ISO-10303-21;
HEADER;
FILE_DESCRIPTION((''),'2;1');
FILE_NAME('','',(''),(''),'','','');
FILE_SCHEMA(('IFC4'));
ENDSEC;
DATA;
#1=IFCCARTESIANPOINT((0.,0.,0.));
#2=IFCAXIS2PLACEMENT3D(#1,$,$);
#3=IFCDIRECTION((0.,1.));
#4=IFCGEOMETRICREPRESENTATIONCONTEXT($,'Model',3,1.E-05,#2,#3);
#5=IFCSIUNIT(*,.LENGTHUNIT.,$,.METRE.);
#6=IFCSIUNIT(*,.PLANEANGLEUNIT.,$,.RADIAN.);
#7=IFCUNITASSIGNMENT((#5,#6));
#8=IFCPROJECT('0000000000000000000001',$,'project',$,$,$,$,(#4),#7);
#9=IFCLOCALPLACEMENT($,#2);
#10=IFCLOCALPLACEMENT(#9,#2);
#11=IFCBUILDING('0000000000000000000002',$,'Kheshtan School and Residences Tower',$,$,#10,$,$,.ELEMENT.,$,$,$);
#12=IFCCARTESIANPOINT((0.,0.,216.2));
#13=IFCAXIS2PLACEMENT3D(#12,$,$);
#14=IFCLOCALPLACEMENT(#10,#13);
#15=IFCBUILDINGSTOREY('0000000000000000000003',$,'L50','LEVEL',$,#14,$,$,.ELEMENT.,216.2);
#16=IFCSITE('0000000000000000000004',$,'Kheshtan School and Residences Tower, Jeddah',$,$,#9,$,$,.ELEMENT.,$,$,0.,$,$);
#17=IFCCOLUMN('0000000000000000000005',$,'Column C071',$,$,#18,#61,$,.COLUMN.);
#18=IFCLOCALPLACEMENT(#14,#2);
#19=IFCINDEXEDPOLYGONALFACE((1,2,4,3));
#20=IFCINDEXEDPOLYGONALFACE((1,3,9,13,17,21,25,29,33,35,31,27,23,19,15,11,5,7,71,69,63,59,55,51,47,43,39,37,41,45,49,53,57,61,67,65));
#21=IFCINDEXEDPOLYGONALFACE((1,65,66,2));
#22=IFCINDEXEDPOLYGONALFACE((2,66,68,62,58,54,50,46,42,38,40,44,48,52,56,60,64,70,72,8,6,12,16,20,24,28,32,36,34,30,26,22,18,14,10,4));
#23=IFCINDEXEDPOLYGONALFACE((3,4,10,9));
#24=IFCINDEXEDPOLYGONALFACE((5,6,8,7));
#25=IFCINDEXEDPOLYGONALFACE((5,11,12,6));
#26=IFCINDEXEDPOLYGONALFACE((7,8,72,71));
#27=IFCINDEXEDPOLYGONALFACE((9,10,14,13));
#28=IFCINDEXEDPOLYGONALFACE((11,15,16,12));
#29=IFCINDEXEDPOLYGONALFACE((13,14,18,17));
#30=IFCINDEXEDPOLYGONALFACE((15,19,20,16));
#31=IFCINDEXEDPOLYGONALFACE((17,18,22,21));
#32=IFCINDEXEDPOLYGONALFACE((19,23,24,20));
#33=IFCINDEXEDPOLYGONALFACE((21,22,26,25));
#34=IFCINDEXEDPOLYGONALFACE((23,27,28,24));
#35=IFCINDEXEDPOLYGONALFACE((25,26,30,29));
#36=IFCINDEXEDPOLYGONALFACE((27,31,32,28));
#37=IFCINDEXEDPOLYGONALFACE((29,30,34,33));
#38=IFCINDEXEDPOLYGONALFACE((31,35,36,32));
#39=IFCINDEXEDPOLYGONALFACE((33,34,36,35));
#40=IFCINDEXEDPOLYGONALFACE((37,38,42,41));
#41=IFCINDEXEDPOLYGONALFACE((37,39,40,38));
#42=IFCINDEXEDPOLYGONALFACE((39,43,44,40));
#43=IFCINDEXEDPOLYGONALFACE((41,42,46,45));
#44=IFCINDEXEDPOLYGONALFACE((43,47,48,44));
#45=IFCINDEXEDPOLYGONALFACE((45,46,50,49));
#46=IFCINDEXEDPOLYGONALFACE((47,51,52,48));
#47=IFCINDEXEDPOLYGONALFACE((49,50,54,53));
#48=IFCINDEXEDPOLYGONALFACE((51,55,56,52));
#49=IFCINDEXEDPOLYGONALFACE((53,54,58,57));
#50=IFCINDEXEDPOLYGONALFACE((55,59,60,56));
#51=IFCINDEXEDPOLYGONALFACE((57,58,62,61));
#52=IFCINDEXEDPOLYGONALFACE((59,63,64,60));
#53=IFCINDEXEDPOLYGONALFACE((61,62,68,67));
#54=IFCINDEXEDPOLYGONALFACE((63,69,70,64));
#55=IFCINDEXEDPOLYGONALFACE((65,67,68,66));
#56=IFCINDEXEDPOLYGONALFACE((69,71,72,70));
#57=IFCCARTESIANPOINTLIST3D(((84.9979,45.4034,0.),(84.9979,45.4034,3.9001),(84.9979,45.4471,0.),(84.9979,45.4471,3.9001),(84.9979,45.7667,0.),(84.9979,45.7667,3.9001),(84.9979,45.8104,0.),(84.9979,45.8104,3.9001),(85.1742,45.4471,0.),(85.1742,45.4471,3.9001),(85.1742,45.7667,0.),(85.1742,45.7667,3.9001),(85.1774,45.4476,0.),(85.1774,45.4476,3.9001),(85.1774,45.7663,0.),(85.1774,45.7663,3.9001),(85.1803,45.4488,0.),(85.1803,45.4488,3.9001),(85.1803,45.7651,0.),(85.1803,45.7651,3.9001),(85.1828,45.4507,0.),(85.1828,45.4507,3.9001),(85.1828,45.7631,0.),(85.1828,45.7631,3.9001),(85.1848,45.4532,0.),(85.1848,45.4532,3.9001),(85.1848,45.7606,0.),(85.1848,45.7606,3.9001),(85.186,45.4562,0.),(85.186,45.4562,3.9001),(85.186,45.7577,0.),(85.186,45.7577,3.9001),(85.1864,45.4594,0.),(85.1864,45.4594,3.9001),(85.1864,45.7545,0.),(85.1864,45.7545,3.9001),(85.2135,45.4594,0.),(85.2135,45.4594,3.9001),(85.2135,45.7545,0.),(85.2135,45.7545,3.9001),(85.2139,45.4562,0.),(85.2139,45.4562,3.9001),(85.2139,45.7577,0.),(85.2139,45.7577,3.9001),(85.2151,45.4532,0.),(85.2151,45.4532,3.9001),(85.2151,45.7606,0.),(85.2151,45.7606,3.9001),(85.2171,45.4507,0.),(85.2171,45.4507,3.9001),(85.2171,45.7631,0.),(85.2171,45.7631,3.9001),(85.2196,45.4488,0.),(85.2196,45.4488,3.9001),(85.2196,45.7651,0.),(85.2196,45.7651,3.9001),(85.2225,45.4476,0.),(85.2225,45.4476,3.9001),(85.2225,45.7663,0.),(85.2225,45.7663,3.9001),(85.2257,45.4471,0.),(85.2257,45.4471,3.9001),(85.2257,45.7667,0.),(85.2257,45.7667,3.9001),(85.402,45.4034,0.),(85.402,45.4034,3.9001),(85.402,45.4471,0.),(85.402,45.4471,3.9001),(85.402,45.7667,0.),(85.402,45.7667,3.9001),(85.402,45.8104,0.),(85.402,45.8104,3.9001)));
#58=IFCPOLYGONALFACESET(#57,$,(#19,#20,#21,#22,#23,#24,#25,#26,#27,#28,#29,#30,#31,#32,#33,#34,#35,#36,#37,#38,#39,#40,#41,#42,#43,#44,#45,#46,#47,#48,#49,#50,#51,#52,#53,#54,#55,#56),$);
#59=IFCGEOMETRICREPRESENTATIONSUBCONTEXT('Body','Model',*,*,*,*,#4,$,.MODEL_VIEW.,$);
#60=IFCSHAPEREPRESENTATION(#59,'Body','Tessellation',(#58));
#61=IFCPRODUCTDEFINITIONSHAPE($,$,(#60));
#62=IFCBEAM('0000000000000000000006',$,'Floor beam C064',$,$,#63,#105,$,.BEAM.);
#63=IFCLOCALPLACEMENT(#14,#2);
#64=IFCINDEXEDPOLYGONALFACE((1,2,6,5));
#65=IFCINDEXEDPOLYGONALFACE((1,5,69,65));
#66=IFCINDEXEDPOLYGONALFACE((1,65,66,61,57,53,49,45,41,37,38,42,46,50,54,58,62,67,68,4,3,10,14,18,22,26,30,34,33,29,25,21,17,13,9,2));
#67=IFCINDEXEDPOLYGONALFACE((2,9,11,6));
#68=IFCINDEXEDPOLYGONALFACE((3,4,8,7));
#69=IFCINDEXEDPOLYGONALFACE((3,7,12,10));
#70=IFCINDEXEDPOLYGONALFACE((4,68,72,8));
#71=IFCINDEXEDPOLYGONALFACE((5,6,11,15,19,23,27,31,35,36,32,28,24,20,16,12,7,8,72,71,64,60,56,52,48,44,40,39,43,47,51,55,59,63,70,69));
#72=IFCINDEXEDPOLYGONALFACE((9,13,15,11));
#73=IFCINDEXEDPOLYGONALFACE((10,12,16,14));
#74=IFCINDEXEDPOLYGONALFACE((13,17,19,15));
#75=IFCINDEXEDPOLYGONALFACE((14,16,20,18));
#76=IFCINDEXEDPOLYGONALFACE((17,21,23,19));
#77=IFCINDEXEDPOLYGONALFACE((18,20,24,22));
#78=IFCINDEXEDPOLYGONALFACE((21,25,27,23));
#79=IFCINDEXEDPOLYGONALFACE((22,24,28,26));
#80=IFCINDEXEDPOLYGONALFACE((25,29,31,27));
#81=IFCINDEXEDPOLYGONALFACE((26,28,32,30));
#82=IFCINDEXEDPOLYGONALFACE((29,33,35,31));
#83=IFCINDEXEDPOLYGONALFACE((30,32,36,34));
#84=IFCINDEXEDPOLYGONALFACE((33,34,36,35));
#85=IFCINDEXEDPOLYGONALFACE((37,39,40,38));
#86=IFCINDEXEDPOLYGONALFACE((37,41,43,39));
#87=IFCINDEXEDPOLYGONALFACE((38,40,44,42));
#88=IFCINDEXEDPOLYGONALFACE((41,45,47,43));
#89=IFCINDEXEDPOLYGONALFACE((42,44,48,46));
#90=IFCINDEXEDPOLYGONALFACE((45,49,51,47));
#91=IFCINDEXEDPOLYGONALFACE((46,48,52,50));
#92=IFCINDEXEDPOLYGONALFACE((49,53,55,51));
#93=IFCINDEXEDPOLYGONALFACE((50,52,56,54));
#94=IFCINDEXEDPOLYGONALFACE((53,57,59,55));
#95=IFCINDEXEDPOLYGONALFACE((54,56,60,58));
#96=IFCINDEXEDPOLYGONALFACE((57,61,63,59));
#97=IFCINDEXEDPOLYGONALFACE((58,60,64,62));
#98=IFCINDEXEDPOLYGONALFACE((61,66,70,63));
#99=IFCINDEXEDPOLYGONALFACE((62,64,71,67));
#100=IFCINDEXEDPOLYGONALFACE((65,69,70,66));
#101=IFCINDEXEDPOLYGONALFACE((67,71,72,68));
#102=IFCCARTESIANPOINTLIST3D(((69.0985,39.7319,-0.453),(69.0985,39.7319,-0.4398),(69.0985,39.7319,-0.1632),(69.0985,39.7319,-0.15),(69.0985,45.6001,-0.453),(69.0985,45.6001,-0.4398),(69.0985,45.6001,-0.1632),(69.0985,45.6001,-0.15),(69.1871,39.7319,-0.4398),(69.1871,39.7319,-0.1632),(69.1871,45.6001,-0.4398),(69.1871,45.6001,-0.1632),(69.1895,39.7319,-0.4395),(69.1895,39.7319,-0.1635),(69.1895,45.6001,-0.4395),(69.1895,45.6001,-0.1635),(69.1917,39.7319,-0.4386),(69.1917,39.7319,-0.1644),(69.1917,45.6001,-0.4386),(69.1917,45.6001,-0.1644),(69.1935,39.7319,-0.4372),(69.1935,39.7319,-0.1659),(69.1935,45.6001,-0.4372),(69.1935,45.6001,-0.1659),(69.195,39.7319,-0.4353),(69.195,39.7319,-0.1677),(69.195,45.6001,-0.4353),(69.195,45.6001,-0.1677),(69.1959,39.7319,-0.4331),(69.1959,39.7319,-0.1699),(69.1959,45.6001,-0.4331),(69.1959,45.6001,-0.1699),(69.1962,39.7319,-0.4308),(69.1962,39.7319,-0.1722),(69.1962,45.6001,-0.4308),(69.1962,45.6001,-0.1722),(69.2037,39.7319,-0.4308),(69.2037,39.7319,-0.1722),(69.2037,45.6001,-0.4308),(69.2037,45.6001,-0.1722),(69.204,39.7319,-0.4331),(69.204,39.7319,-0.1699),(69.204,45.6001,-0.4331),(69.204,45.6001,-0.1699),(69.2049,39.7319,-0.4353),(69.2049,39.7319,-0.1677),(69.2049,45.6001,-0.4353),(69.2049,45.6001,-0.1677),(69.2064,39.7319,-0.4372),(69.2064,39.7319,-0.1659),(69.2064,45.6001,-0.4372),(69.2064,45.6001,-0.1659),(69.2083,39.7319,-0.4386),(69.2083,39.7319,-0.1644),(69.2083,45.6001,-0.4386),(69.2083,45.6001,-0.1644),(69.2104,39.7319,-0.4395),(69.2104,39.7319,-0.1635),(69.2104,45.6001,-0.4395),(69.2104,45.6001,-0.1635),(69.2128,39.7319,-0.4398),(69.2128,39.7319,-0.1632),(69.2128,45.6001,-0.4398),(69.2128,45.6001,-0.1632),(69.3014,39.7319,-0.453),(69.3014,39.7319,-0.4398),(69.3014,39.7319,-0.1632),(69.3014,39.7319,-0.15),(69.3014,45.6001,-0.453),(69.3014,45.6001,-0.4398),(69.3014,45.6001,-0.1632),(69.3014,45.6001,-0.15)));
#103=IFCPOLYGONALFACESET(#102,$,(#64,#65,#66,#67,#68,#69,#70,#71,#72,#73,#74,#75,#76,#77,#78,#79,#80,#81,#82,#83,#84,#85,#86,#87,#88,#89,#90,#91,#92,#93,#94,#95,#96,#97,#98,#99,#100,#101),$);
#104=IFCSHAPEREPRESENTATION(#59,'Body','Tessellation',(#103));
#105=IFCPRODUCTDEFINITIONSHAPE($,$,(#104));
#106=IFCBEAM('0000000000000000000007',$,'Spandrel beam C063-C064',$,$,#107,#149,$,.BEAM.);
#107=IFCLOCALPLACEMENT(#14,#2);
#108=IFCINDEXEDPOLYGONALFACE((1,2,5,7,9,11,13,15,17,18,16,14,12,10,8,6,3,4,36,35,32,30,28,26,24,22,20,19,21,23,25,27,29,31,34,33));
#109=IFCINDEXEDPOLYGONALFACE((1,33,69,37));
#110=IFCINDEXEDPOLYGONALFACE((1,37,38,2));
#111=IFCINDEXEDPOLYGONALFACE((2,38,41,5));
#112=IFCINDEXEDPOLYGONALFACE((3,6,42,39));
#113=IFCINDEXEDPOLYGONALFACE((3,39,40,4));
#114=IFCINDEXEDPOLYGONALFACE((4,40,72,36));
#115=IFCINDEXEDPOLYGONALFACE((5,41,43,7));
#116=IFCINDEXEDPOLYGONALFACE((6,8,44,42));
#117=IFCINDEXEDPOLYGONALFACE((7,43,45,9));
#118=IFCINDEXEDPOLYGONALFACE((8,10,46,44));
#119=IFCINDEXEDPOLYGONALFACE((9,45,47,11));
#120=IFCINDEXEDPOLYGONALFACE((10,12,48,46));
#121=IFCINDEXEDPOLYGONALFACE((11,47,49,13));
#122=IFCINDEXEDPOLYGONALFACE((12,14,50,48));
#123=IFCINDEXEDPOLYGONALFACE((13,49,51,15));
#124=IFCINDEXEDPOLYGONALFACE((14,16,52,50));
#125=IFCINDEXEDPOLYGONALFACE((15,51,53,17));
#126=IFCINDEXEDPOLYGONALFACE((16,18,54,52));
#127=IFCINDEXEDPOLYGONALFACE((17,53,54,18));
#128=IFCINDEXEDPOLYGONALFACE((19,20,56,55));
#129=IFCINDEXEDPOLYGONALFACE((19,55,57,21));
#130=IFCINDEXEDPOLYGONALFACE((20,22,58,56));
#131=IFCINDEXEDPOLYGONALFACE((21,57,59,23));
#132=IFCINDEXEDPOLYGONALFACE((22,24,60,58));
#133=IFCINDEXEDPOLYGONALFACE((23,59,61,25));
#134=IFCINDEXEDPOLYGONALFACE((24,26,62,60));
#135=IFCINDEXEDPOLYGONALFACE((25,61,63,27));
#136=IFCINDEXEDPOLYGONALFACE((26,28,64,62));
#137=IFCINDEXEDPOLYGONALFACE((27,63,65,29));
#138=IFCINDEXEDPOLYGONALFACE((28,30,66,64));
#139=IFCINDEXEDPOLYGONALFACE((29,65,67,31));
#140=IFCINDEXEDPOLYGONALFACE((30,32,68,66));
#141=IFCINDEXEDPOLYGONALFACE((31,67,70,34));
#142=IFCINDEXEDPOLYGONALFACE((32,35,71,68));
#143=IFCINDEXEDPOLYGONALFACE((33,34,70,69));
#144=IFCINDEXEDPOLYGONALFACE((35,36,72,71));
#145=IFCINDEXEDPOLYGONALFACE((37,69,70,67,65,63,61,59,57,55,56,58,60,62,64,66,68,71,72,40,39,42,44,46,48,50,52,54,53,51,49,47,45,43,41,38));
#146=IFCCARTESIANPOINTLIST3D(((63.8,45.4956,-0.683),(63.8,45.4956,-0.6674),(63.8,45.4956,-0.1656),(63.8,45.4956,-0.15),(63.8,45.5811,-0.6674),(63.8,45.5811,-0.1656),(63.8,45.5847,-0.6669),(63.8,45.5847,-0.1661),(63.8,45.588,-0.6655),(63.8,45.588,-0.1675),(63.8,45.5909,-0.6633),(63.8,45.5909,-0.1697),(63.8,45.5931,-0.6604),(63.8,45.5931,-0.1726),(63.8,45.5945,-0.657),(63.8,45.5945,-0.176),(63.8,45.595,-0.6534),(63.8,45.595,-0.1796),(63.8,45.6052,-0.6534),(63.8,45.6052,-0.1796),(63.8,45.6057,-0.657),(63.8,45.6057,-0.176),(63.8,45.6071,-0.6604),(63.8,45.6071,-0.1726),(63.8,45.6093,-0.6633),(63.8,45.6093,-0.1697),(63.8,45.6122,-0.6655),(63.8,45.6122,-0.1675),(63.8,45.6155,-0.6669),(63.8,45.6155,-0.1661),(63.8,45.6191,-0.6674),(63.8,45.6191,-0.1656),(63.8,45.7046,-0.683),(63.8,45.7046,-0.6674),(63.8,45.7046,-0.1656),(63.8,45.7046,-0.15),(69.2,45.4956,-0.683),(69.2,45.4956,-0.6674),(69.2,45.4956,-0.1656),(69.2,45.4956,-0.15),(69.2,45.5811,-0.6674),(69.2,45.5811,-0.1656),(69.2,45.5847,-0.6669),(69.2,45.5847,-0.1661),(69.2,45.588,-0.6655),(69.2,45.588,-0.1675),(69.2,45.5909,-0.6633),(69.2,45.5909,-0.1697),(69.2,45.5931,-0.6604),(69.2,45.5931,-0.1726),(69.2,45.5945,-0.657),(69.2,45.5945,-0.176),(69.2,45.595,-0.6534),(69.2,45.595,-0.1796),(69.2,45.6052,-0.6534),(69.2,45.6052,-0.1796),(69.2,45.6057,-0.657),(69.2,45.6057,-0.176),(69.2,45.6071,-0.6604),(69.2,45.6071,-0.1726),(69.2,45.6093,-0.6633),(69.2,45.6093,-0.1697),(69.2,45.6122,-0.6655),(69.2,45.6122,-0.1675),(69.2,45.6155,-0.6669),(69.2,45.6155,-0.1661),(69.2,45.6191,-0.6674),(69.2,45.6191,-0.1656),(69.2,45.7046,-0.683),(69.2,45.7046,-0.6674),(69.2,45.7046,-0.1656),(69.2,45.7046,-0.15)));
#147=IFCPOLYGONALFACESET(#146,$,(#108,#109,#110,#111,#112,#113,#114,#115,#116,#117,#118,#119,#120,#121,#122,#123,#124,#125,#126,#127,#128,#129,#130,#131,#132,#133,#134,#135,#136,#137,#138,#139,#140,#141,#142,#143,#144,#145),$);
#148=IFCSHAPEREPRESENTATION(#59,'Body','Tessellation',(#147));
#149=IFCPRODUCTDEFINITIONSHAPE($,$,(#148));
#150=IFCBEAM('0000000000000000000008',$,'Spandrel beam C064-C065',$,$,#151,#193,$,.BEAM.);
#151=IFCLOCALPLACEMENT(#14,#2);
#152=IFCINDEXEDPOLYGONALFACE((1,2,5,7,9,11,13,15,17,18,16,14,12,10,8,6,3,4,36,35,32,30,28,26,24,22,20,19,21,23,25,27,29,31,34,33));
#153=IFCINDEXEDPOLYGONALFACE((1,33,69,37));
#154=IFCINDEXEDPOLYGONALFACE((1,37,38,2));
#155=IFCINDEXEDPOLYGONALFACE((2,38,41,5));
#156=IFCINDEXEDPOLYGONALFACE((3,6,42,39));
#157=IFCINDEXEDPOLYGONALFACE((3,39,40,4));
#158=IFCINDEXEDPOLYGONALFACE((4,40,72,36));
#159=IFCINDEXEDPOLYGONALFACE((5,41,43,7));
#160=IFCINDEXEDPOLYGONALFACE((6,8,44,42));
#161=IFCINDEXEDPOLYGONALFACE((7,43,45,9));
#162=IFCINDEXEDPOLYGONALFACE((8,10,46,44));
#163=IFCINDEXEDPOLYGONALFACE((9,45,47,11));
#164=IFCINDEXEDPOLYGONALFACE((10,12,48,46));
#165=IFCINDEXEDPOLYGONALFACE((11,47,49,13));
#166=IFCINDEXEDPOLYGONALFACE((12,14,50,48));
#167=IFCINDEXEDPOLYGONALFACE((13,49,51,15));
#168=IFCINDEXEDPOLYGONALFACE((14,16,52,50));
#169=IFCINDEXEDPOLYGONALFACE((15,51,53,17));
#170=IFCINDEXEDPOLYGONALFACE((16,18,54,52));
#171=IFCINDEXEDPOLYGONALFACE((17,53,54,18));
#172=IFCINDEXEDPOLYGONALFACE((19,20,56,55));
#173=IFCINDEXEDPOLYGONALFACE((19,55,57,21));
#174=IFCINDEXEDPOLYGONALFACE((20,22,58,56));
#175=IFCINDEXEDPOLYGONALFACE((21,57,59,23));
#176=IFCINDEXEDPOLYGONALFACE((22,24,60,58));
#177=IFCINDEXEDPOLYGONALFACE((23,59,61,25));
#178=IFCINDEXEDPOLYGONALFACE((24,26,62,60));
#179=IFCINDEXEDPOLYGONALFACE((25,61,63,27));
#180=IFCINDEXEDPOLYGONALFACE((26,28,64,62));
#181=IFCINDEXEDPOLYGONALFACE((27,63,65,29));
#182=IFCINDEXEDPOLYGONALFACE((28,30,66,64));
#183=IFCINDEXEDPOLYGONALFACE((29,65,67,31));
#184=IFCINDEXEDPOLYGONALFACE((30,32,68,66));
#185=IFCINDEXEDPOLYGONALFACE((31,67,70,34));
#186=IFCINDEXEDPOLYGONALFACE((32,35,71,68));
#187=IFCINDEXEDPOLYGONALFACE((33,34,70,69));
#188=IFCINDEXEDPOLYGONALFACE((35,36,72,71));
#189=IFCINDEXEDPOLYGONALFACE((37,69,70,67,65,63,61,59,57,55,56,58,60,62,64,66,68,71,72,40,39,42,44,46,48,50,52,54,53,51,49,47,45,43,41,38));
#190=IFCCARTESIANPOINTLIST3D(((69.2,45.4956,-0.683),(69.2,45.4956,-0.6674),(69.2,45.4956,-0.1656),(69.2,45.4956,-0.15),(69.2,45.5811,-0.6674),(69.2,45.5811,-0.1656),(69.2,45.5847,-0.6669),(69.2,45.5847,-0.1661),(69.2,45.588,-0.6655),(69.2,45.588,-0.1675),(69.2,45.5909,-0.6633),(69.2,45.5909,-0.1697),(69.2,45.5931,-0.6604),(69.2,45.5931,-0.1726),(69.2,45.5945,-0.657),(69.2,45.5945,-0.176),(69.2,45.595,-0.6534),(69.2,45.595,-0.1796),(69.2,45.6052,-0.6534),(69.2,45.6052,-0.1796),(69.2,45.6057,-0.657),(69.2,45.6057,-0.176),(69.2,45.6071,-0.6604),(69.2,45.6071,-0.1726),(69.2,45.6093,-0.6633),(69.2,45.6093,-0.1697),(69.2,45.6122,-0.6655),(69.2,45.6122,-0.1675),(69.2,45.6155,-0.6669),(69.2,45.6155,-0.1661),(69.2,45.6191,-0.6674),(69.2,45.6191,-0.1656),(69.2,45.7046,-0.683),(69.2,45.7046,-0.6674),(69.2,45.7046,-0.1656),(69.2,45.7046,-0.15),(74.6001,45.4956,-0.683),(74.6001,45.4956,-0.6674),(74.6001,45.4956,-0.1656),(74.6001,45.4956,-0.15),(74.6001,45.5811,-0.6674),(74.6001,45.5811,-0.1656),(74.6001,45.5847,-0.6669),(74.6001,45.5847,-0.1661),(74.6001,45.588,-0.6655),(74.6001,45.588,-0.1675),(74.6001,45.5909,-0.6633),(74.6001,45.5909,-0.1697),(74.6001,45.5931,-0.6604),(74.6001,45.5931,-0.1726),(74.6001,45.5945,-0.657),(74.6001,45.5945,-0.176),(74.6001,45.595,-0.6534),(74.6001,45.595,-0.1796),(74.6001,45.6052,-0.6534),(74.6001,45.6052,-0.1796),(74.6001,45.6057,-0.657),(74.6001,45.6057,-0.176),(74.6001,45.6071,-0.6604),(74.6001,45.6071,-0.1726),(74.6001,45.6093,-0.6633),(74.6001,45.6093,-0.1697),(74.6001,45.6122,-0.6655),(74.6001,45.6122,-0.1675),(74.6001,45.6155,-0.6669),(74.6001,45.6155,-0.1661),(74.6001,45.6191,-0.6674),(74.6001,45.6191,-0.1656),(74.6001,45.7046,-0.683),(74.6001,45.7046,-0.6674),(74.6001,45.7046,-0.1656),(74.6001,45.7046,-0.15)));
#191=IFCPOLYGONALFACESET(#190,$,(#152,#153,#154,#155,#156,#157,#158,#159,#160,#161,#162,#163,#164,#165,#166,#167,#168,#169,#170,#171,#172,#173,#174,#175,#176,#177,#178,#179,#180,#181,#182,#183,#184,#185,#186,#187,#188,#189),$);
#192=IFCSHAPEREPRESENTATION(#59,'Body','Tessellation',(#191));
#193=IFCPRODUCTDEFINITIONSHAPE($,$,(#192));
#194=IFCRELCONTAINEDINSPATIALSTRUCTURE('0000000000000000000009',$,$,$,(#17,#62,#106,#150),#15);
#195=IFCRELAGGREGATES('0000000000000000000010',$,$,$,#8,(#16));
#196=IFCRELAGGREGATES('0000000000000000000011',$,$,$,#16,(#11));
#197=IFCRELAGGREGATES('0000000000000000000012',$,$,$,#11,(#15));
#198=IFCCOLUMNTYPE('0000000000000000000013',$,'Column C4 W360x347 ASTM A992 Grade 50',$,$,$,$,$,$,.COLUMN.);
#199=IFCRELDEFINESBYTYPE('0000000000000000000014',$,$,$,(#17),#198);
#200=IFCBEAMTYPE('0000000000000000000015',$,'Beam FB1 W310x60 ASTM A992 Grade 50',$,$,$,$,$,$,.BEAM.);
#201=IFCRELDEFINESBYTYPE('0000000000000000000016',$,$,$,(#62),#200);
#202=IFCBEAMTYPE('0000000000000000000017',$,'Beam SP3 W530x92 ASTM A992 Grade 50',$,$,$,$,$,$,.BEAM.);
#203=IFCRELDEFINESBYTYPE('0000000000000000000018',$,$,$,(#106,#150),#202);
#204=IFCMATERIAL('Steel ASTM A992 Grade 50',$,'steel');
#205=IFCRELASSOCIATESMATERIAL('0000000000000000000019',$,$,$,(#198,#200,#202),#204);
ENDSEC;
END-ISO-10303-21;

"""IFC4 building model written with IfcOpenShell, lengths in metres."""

from ifc_helpers import new_model, si_unit, direction, frame, origin, origin_2d, place, context, subcontext, project, spatial, i_section, extrude, material, material_profile, profile_set, type_object, element, save


model = new_model("IFC4")

# Units and contexts
model_context = context("Model", 3, precision=1e-05, world=origin(), true_north=direction((0.0, 1.0)))
body_context = subcontext(model_context, "Body", "Model", "MODEL_VIEW")
ifc_project = project(units=[si_unit("LENGTHUNIT", "METRE"), si_unit("PLANEANGLEUNIT", "RADIAN")], contexts=[model_context])

# Site, building, storey
site_placement = place(None, origin())
site = spatial("IfcSite", under=ifc_project, at=site_placement, Name="Kheshtan School and Residences Tower, Jeddah", CompositionType="ELEMENT", RefElevation=0.0)
building_placement = place(site_placement, origin())
building = spatial("IfcBuilding", under=site, at=building_placement, Name="Kheshtan School and Residences Tower", CompositionType="ELEMENT")
storey_placement = place(building_placement, frame((0.0, 0.0, 216.2)))
storey = spatial("IfcBuildingStorey", under=building, at=storey_placement, Name="L50", Description="LEVEL", CompositionType="ELEMENT", Elevation=216.2)

# Column
ifc_material_1 = material(Name="Steel ASTM A992 Grade 50", Category="steel")
ifc_material_profile_1 = material_profile(ifc_material_1, i_section(OverallWidth=0.4041, OverallDepth=0.407, WebThickness=0.0271, FlangeThickness=0.0437, FilletRadius=0.0122, at=origin_2d()), Name="W360x347")
ifc_profile_set_1 = profile_set([ifc_material_profile_1], Name="Steel ASTM A992 Grade 50")
column_type = type_object("IfcColumnType", Name="Column C4 W360x347 ASTM A992 Grade 50", PredefinedType="COLUMN", material=ifc_profile_set_1)
for number, where, z_axis, x_axis, name in (
    (1, (85.2, 45.6069, 0.0), (0.0, 0.0, 1.0), (1.0, 0.0, 0.0), "Column C071"),
):
    element("IfcColumn", number, at=place(storey_placement, frame(where, z_axis=z_axis, x_axis=x_axis)), inside=storey, type_object=column_type, Name=name, PredefinedType="COLUMN", context=body_context, shape_type="SweptSolid", body=[
        extrude(i_section(OverallWidth=0.4041, OverallDepth=0.407, WebThickness=0.0271, FlangeThickness=0.0437, FilletRadius=0.0122, at=origin_2d()), origin(), (0.0, 0.0, 1.0), 3.9001),
    ])

# Beams
ifc_material_profile_2 = material_profile(ifc_material_1, i_section(OverallWidth=0.2029, OverallDepth=0.303, WebThickness=0.0076, FlangeThickness=0.0132, FilletRadius=0.009, at=origin_2d()), Name="W310x60")
ifc_profile_set_2 = profile_set([ifc_material_profile_2], Name="Steel ASTM A992 Grade 50")
beam_type_1 = type_object("IfcBeamType", Name="Beam FB1 W310x60 ASTM A992 Grade 50", PredefinedType="BEAM", material=ifc_profile_set_2)
beam_1_placement = place(storey_placement, frame((69.2, 45.6001, -0.3015), z_axis=(0.0, -1.0, 0.0), x_axis=(1.0, 0.0, 0.0)))
element("IfcBeam", 2, at=beam_1_placement, inside=storey, type_object=beam_type_1, Name="Floor beam C064", PredefinedType="BEAM", context=body_context, shape_type="SweptSolid", body=[
    extrude(i_section(OverallWidth=0.2029, OverallDepth=0.303, WebThickness=0.0076, FlangeThickness=0.0132, FilletRadius=0.009, at=origin_2d()), origin(), (0.0, 0.0, 1.0), 5.8682),
])
ifc_material_profile_3 = material_profile(ifc_material_1, i_section(OverallWidth=0.209, OverallDepth=0.533, WebThickness=0.0103, FlangeThickness=0.0156, FilletRadius=0.0139, at=origin_2d()), Name="W530x92")
ifc_profile_set_3 = profile_set([ifc_material_profile_3], Name="Steel ASTM A992 Grade 50")
beam_type_2 = type_object("IfcBeamType", Name="Beam SP3 W530x92 ASTM A992 Grade 50", PredefinedType="BEAM", material=ifc_profile_set_3)
beam_2_placement = place(storey_placement, frame((63.8, 45.6001, -0.4165), z_axis=(1.0, 0.0, 0.0), x_axis=(0.0, 1.0, 0.0)))
element("IfcBeam", 3, at=beam_2_placement, inside=storey, type_object=beam_type_2, Name="Spandrel beam C063-C064", PredefinedType="BEAM", context=body_context, shape_type="SweptSolid", body=[
    extrude(i_section(OverallWidth=0.209, OverallDepth=0.533, WebThickness=0.0103, FlangeThickness=0.0156, FilletRadius=0.0139, at=origin_2d()), origin(), (0.0, 0.0, 1.0), 5.3999),
])
beam_3_placement = place(storey_placement, frame((69.2, 45.6001, -0.4165), z_axis=(1.0, 0.0, 0.0), x_axis=(0.0, 1.0, 0.0)))
element("IfcBeam", 4, at=beam_3_placement, inside=storey, type_object=beam_type_2, Name="Spandrel beam C064-C065", PredefinedType="BEAM", context=body_context, shape_type="SweptSolid", body=[
    extrude(i_section(OverallWidth=0.209, OverallDepth=0.533, WebThickness=0.0103, FlangeThickness=0.0156, FilletRadius=0.0139, at=origin_2d()), origin(), (0.0, 0.0, 1.0), 5.4001),
])

save(model, "model.ifc")
